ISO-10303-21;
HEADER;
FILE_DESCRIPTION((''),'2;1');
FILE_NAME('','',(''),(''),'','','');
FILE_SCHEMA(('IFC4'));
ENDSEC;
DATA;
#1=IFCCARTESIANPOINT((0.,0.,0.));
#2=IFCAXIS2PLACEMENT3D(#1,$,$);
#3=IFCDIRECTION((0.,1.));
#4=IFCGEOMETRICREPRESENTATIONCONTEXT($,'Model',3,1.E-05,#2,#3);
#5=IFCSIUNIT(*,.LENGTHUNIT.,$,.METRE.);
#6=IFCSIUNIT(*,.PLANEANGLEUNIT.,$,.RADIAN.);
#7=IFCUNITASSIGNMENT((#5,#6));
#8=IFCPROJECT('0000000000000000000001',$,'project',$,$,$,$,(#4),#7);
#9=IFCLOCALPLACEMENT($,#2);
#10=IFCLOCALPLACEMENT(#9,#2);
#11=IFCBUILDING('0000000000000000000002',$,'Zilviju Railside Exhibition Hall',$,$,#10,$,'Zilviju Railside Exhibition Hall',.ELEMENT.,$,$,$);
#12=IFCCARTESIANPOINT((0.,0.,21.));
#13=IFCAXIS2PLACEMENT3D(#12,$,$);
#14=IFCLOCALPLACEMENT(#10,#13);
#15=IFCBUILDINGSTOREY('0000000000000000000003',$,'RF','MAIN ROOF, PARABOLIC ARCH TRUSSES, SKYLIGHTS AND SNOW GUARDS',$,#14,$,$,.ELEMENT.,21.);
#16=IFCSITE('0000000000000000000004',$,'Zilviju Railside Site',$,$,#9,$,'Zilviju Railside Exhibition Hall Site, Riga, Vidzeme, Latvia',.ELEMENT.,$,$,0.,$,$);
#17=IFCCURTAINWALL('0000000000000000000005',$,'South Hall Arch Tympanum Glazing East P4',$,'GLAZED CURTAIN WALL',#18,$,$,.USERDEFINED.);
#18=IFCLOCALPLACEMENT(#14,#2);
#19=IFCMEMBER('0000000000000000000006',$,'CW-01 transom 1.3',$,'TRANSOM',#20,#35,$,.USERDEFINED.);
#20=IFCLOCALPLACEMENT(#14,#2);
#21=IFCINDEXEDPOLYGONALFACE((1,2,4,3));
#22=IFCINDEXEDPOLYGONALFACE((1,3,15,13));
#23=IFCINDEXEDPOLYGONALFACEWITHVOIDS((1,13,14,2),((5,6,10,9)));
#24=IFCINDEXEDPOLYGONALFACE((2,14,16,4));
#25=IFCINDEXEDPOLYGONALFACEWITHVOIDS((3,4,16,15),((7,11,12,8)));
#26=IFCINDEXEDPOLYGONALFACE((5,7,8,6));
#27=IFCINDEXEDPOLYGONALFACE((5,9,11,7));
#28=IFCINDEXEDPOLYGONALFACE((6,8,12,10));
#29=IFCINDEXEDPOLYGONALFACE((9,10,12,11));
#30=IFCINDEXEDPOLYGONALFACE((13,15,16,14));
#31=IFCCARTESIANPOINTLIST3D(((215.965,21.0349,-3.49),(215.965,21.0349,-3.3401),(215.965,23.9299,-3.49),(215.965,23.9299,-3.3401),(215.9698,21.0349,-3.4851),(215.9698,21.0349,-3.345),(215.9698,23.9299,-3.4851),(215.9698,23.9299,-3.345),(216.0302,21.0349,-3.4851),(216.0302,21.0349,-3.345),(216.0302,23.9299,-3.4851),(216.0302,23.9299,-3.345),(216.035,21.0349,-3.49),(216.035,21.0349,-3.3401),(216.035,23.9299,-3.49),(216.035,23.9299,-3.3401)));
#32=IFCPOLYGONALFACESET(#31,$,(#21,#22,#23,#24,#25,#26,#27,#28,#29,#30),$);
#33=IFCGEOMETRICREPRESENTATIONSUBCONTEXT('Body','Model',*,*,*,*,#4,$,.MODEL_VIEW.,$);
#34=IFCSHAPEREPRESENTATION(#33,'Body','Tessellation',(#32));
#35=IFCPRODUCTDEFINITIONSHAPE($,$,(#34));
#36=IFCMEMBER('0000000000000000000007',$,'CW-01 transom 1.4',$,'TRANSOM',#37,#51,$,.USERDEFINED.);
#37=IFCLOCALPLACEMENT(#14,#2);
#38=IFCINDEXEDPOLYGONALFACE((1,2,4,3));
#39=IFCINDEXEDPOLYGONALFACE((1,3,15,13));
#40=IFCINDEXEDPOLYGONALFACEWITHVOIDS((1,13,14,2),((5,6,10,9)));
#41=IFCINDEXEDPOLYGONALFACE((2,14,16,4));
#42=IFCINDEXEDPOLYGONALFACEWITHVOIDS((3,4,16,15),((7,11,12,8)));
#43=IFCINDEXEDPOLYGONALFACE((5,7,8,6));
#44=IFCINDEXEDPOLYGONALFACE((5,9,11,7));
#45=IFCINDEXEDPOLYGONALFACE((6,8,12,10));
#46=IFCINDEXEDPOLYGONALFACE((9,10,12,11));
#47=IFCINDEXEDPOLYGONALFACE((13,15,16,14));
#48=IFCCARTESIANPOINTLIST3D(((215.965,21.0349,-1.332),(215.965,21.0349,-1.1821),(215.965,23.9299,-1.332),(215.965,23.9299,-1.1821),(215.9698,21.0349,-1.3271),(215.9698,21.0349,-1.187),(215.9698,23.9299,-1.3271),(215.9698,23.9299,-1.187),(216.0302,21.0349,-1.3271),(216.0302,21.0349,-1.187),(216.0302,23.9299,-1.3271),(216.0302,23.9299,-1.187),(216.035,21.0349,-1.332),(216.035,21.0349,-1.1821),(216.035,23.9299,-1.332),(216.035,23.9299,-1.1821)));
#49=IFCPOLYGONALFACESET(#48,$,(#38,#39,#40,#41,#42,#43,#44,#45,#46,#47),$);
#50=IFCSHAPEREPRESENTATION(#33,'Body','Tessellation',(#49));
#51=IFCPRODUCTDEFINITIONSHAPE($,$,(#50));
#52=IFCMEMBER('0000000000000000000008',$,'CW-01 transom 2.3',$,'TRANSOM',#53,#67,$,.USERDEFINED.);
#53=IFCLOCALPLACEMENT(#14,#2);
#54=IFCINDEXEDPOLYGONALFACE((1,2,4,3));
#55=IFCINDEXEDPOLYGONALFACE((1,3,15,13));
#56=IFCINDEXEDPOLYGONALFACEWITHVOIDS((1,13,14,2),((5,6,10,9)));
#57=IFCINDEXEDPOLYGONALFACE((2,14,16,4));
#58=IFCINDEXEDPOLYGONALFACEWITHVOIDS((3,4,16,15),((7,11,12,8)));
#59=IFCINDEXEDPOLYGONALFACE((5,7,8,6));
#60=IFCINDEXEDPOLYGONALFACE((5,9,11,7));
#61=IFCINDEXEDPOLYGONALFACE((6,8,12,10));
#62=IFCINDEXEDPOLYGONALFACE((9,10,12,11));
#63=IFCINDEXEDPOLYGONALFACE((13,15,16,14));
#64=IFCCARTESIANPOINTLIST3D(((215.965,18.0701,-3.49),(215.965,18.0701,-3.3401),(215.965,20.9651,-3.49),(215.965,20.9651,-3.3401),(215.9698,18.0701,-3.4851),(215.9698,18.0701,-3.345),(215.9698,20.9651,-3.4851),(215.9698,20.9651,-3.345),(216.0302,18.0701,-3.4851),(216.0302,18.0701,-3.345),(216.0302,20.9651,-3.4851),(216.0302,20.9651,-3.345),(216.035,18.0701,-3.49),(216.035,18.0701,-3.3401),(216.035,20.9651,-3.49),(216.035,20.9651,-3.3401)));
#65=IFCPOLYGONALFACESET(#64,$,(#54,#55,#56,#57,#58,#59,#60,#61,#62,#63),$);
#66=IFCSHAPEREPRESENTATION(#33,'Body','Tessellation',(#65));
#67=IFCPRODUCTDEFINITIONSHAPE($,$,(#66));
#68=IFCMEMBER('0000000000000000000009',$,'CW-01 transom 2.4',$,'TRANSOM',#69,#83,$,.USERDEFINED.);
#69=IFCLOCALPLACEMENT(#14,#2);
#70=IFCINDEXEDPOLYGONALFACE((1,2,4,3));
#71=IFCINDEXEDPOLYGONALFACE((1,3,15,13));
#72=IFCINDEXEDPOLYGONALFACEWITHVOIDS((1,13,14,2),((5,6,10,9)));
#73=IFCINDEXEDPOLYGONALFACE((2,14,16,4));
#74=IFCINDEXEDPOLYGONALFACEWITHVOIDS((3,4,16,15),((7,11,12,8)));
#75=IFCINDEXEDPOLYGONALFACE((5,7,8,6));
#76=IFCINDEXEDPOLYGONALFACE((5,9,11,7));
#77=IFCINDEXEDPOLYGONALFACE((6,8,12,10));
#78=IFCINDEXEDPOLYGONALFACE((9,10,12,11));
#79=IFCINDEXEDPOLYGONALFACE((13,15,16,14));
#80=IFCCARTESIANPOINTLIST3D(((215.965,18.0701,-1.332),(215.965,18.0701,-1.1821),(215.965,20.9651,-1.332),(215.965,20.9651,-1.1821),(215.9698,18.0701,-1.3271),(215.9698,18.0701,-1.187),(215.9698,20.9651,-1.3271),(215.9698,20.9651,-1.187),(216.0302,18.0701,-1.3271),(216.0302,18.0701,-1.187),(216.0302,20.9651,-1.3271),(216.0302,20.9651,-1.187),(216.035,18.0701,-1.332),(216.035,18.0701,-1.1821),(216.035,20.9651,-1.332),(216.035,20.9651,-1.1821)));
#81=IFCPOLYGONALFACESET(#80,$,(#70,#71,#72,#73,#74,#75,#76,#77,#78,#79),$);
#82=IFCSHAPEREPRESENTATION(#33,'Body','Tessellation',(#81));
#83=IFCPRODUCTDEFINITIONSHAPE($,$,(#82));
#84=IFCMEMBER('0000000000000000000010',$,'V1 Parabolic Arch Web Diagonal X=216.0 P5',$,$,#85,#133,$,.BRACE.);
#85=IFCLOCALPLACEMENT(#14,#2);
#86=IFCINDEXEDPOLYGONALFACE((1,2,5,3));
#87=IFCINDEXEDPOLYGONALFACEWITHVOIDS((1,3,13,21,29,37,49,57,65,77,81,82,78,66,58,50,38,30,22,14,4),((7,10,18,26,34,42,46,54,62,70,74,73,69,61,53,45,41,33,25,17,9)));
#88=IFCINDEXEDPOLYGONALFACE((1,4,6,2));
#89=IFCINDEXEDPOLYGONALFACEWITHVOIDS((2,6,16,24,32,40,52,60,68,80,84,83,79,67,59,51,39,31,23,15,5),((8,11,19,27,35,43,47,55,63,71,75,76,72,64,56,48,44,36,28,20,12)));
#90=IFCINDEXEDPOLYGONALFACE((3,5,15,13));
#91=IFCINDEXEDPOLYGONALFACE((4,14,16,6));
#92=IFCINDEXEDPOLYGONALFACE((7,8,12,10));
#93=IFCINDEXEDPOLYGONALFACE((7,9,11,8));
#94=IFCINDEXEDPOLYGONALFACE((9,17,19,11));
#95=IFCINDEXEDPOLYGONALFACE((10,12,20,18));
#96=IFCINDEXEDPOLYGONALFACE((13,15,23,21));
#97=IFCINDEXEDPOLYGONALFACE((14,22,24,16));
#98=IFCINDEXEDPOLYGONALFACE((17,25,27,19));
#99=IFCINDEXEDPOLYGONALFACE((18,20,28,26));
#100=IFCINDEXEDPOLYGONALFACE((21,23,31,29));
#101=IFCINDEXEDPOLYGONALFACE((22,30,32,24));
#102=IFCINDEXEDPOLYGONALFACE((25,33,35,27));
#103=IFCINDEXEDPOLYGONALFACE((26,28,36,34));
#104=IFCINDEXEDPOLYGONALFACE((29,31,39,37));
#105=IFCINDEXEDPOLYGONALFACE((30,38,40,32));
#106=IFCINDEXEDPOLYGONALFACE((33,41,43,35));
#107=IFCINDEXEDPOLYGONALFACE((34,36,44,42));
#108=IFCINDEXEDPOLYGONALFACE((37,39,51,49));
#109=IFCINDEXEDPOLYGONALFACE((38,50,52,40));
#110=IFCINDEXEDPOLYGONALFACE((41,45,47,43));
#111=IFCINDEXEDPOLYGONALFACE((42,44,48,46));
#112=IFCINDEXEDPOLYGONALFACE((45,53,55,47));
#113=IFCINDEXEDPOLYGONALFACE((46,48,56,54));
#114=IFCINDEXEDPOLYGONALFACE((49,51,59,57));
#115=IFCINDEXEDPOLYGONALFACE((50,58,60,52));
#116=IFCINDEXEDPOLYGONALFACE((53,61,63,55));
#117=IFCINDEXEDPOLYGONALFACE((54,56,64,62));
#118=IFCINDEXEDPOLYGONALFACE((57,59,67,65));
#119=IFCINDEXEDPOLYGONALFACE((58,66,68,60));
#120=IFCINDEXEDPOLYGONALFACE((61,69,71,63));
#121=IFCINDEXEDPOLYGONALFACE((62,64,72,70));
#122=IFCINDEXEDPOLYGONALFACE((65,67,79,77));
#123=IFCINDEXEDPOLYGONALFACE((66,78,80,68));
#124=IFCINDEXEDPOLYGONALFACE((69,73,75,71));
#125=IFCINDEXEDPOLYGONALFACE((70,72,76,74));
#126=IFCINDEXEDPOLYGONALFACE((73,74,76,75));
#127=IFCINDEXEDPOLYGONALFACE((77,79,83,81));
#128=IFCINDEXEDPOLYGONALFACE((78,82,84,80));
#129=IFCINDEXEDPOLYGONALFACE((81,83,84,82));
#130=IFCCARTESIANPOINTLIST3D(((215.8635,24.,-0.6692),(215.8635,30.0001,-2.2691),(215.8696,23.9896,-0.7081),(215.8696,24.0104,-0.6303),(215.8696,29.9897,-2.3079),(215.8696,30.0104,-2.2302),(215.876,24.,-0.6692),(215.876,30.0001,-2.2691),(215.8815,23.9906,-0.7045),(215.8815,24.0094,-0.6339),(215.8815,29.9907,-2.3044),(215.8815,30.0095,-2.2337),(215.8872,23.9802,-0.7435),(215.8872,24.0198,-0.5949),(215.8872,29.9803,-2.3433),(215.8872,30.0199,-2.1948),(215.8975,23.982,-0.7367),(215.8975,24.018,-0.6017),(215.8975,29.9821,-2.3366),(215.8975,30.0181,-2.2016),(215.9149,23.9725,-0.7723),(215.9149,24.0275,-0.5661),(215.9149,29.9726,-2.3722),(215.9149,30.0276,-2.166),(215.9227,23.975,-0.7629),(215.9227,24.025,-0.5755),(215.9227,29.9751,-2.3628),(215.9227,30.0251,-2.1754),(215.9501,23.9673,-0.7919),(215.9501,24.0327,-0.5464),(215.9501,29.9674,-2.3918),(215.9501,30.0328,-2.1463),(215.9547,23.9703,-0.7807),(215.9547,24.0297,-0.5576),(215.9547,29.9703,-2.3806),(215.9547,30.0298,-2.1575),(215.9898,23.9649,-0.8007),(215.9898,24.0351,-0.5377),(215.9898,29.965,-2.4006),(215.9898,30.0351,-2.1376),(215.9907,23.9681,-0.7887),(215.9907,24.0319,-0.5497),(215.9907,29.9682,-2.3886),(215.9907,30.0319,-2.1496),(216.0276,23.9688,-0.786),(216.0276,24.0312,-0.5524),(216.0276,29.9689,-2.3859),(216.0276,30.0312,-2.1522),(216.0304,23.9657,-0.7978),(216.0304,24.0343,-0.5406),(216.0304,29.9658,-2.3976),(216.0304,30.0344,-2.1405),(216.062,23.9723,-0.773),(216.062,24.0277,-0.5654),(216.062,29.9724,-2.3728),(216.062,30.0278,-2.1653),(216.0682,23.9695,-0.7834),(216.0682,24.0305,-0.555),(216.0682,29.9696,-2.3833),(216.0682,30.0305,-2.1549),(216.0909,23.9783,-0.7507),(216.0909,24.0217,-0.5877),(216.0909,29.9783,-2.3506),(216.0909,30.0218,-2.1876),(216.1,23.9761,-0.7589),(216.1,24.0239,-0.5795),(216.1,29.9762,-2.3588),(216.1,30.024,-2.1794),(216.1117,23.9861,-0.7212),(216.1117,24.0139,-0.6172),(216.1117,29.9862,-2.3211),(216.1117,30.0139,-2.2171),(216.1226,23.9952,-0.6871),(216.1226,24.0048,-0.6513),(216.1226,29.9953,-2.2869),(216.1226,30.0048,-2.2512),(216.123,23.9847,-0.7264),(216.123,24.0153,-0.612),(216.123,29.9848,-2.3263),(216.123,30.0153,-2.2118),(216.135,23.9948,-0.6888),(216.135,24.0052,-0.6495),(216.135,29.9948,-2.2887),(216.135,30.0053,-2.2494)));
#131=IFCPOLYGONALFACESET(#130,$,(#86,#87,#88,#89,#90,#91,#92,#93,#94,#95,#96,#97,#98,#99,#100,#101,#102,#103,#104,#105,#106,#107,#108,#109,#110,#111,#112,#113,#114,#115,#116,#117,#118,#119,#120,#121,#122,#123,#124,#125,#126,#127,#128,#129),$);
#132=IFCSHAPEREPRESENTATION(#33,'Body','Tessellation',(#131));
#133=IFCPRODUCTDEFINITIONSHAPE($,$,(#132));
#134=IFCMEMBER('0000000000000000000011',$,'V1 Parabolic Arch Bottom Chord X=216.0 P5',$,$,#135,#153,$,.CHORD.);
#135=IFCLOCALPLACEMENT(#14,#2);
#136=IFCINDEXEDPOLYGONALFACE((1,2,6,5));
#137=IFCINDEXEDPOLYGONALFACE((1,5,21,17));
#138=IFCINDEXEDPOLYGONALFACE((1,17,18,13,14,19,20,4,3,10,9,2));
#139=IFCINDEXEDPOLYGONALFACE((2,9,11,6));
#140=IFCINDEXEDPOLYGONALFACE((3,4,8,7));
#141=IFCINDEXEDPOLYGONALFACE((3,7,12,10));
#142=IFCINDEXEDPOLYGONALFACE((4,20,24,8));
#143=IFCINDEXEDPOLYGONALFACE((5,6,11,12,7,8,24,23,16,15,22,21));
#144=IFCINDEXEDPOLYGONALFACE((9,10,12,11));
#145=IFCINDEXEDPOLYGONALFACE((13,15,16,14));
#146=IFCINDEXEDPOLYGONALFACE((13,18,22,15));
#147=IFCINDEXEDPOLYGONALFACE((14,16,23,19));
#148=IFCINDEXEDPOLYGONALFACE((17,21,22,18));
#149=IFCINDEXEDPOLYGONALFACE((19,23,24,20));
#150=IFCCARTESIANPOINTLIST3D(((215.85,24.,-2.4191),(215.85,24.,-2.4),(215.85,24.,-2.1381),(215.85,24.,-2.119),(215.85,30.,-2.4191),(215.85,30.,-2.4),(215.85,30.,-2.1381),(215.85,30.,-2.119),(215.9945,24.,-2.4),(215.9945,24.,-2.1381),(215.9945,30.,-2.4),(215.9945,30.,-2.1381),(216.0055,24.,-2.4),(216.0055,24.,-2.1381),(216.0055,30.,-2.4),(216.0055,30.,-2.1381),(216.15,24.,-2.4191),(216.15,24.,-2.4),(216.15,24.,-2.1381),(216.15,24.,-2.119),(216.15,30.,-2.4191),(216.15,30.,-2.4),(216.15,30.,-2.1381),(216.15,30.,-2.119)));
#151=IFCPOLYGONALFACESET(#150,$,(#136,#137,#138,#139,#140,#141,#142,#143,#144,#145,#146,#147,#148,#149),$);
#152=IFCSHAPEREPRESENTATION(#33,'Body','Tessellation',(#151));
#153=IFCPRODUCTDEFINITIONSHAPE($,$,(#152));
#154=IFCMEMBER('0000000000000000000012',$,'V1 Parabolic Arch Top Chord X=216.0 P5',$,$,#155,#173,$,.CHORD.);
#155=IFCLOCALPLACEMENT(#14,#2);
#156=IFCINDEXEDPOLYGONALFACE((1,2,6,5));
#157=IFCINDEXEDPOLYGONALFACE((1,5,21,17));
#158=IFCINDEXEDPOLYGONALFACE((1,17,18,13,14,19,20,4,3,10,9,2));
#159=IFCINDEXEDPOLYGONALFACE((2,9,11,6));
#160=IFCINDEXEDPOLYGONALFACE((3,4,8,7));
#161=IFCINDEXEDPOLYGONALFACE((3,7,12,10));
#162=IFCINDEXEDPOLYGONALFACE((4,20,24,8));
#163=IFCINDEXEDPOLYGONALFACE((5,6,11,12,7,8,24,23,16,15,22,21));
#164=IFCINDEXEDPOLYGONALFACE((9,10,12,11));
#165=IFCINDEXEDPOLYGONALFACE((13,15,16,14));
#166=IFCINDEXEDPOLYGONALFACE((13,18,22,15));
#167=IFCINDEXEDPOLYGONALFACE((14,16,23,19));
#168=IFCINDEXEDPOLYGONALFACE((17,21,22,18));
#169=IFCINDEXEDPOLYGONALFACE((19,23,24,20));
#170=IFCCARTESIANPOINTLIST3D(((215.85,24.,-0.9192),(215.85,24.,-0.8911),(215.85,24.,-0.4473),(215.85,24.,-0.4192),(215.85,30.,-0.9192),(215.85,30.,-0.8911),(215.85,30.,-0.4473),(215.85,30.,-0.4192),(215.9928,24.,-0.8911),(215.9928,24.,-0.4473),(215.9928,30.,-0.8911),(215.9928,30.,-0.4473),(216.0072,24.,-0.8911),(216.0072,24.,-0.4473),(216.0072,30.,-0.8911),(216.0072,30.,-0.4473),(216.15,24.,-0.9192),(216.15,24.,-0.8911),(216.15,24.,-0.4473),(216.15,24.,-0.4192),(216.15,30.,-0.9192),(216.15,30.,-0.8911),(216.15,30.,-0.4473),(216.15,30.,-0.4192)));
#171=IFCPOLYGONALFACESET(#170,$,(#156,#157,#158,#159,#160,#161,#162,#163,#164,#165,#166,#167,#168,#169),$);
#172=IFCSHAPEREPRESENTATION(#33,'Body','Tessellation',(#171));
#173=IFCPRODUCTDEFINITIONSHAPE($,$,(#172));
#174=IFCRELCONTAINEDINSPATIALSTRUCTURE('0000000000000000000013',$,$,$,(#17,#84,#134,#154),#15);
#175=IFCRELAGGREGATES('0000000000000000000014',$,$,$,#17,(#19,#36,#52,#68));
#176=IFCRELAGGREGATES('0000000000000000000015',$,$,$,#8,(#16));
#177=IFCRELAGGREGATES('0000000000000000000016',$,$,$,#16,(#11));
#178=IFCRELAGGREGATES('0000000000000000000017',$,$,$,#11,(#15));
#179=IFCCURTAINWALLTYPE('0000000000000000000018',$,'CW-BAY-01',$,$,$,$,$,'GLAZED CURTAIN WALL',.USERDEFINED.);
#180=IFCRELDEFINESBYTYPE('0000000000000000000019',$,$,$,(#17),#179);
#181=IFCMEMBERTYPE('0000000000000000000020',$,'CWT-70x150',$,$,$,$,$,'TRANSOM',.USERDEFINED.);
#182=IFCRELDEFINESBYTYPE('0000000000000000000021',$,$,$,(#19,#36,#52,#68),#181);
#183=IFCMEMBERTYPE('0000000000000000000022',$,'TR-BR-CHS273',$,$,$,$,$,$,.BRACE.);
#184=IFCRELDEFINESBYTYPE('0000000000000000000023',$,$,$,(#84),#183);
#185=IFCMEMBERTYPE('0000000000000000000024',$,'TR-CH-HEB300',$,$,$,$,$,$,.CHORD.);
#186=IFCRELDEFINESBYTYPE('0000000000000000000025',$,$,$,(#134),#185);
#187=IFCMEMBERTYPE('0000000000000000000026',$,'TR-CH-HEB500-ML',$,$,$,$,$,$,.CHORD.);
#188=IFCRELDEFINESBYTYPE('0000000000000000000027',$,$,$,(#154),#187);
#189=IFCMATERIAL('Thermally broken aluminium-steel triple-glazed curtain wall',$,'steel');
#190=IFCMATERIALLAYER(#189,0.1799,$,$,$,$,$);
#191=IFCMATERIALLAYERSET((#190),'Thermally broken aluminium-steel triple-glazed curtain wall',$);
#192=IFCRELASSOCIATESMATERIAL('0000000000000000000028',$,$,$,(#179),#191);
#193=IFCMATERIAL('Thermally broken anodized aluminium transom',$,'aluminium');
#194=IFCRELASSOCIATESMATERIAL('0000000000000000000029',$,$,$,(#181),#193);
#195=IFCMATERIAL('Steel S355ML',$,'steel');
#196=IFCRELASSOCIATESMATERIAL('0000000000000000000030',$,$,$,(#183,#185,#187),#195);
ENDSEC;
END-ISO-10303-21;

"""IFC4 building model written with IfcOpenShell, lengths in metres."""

from ifc_helpers import new_model, si_unit, direction, frame, origin, origin_2d, place, context, subcontext, project, spatial, hollow_rectangle, hollow_circle, i_section, extrude, material, layer, layer_set, material_profile, profile_set, type_object, element, aggregate, save


model = new_model("IFC4")

# Units and contexts
model_context = context("Model", 3, precision=1e-05, world=origin(), true_north=direction((0.0, 1.0)))
body_context = subcontext(model_context, "Body", "Model", "MODEL_VIEW")
ifc_project = project(units=[si_unit("LENGTHUNIT", "METRE"), si_unit("PLANEANGLEUNIT", "RADIAN")], contexts=[model_context])

# Site, building, storey
site_placement = place(None, origin())
site = spatial("IfcSite", under=ifc_project, at=site_placement, Name="Zilviju Railside Site", LongName="Zilviju Railside Exhibition Hall Site, Riga, Vidzeme, Latvia", CompositionType="ELEMENT", RefElevation=0.0)
building_placement = place(site_placement, origin())
building = spatial("IfcBuilding", under=site, at=building_placement, Name="Zilviju Railside Exhibition Hall", LongName="Zilviju Railside Exhibition Hall", CompositionType="ELEMENT")
storey_placement = place(building_placement, frame((0.0, 0.0, 21.0)))
storey = spatial("IfcBuildingStorey", under=building, at=storey_placement, Name="RF", Description="MAIN ROOF, PARABOLIC ARCH TRUSSES, SKYLIGHTS AND SNOW GUARDS", CompositionType="ELEMENT", Elevation=21.0)

# Curtain wall
ifc_material_1 = material(Name="Thermally broken aluminium-steel triple-glazed curtain wall", Category="steel")
ifc_layer_1 = layer(ifc_material_1, 0.1799)
ifc_layer_set_1 = layer_set([ifc_layer_1], Name="Thermally broken aluminium-steel triple-glazed curtain wall")
curtain_wall_type_1 = type_object("IfcCurtainWallType", Name="CW-BAY-01", ElementType="GLAZED CURTAIN WALL", PredefinedType="USERDEFINED", material=ifc_layer_set_1)
curtain_wall_1_placement = place(storey_placement, origin())
curtain_wall_1 = element("IfcCurtainWall", 1, at=curtain_wall_1_placement, inside=storey, type_object=curtain_wall_type_1, Name="South Hall Arch Tympanum Glazing East P4", ObjectType="GLAZED CURTAIN WALL", PredefinedType="USERDEFINED")

# Members
ifc_material_2 = material(Name="Thermally broken anodized aluminium transom", Category="aluminium")
ifc_material_profile_1 = material_profile(ifc_material_2, hollow_rectangle(XDim=0.0701, YDim=0.1499, WallThickness=0.0049, at=origin_2d()), Name="TRANSOM 150x70x5")
ifc_profile_set_1 = profile_set([ifc_material_profile_1], Name="Thermally broken anodized aluminium transom")
member_type_1 = type_object("IfcMemberType", Name="CWT-70x150", ElementType="TRANSOM", PredefinedType="USERDEFINED", material=ifc_profile_set_1)
member_1_placement = place(storey_placement, frame((216.0, 23.9299, -3.415), z_axis=(0.0, -1.0, 0.0), x_axis=(1.0, 0.0, 0.0)))
member_1 = element("IfcMember", 2, at=member_1_placement, type_object=member_type_1, Name="CW-01 transom 1.3", ObjectType="TRANSOM", PredefinedType="USERDEFINED", context=body_context, shape_type="SweptSolid", body=[
    extrude(hollow_rectangle(XDim=0.0701, YDim=0.1499, WallThickness=0.0049, at=origin_2d()), origin(), (0.0, 0.0, 1.0), 2.895),
])
member_2_placement = place(storey_placement, frame((216.0, 23.9299, -1.2571), z_axis=(0.0, -1.0, 0.0), x_axis=(1.0, 0.0, 0.0)))
member_2 = element("IfcMember", 3, at=member_2_placement, type_object=member_type_1, Name="CW-01 transom 1.4", ObjectType="TRANSOM", PredefinedType="USERDEFINED", context=body_context, shape_type="SweptSolid", body=[
    extrude(hollow_rectangle(XDim=0.0701, YDim=0.1499, WallThickness=0.0049, at=origin_2d()), origin(), (0.0, 0.0, 1.0), 2.895),
])
member_3_placement = place(storey_placement, frame((216.0, 20.9651, -3.415), z_axis=(0.0, -1.0, 0.0), x_axis=(1.0, 0.0, 0.0)))
member_3 = element("IfcMember", 4, at=member_3_placement, type_object=member_type_1, Name="CW-01 transom 2.3", ObjectType="TRANSOM", PredefinedType="USERDEFINED", context=body_context, shape_type="SweptSolid", body=[
    extrude(hollow_rectangle(XDim=0.0701, YDim=0.1499, WallThickness=0.0049, at=origin_2d()), origin(), (0.0, 0.0, 1.0), 2.895),
])
member_4_placement = place(storey_placement, frame((216.0, 20.9651, -1.2571), z_axis=(0.0, -1.0, 0.0), x_axis=(1.0, 0.0, 0.0)))
member_4 = element("IfcMember", 5, at=member_4_placement, type_object=member_type_1, Name="CW-01 transom 2.4", ObjectType="TRANSOM", PredefinedType="USERDEFINED", context=body_context, shape_type="SweptSolid", body=[
    extrude(hollow_rectangle(XDim=0.0701, YDim=0.1499, WallThickness=0.0049, at=origin_2d()), origin(), (0.0, 0.0, 1.0), 2.895),
])

# Members
ifc_material_3 = material(Name="Steel S355ML", Category="steel")
ifc_material_profile_2 = material_profile(ifc_material_3, hollow_circle(Radius=0.1365, WallThickness=0.0125, at=origin_2d()), Name="CHS 273.0x12.5")
ifc_profile_set_2 = profile_set([ifc_material_profile_2], Name="Steel S355ML")
member_type_2 = type_object("IfcMemberType", Name="TR-BR-CHS273", PredefinedType="BRACE", material=ifc_profile_set_2)
member_5_placement = place(storey_placement, frame((216.0, 24.0, -0.6692), z_axis=(0.0, 0.966241, -0.257641), x_axis=(-1.0, 0.0, 0.0)))
element("IfcMember", 6, at=member_5_placement, inside=storey, type_object=member_type_2, Name="V1 Parabolic Arch Web Diagonal X=216.0 P5", PredefinedType="BRACE", context=body_context, shape_type="SweptSolid", body=[
    extrude(hollow_circle(Radius=0.1365, WallThickness=0.0125, at=origin_2d()), origin(), (0.0, 0.0, 1.0), 6.2097),
])
ifc_material_profile_3 = material_profile(ifc_material_3, i_section(OverallWidth=0.3, OverallDepth=0.3, WebThickness=0.011, FlangeThickness=0.019, at=origin_2d()), Name="HEB 300")
ifc_profile_set_3 = profile_set([ifc_material_profile_3], Name="Steel S355ML")
member_type_3 = type_object("IfcMemberType", Name="TR-CH-HEB300", PredefinedType="CHORD", material=ifc_profile_set_3)
member_6_placement = place(storey_placement, frame((216.0, 24.0, -2.269), z_axis=(0.0, 1.0, 0.0), x_axis=(-1.0, 0.0, 0.0)))
element("IfcMember", 7, at=member_6_placement, inside=storey, type_object=member_type_3, Name="V1 Parabolic Arch Bottom Chord X=216.0 P5", PredefinedType="CHORD", context=body_context, shape_type="SweptSolid", body=[
    extrude(i_section(OverallWidth=0.3, OverallDepth=0.3, WebThickness=0.011, FlangeThickness=0.019, at=origin_2d()), origin(), (0.0, 0.0, 1.0), 6.0),
])
ifc_material_profile_4 = material_profile(ifc_material_3, i_section(OverallWidth=0.3, OverallDepth=0.5, WebThickness=0.0144, FlangeThickness=0.0281, at=origin_2d()), Name="HEB 500")
ifc_profile_set_4 = profile_set([ifc_material_profile_4], Name="Steel S355ML")
member_type_4 = type_object("IfcMemberType", Name="TR-CH-HEB500-ML", PredefinedType="CHORD", material=ifc_profile_set_4)
member_7_placement = place(storey_placement, frame((216.0, 24.0, -0.6692), z_axis=(0.0, 1.0, 0.0), x_axis=(-1.0, 0.0, 0.0)))
element("IfcMember", 8, at=member_7_placement, inside=storey, type_object=member_type_4, Name="V1 Parabolic Arch Top Chord X=216.0 P5", PredefinedType="CHORD", context=body_context, shape_type="SweptSolid", body=[
    extrude(i_section(OverallWidth=0.3, OverallDepth=0.5, WebThickness=0.0144, FlangeThickness=0.0281, at=origin_2d()), origin(), (0.0, 0.0, 1.0), 6.0),
])

aggregate(curtain_wall_1, [member_1, member_2, member_3, member_4])

save(model, "model.ifc")
